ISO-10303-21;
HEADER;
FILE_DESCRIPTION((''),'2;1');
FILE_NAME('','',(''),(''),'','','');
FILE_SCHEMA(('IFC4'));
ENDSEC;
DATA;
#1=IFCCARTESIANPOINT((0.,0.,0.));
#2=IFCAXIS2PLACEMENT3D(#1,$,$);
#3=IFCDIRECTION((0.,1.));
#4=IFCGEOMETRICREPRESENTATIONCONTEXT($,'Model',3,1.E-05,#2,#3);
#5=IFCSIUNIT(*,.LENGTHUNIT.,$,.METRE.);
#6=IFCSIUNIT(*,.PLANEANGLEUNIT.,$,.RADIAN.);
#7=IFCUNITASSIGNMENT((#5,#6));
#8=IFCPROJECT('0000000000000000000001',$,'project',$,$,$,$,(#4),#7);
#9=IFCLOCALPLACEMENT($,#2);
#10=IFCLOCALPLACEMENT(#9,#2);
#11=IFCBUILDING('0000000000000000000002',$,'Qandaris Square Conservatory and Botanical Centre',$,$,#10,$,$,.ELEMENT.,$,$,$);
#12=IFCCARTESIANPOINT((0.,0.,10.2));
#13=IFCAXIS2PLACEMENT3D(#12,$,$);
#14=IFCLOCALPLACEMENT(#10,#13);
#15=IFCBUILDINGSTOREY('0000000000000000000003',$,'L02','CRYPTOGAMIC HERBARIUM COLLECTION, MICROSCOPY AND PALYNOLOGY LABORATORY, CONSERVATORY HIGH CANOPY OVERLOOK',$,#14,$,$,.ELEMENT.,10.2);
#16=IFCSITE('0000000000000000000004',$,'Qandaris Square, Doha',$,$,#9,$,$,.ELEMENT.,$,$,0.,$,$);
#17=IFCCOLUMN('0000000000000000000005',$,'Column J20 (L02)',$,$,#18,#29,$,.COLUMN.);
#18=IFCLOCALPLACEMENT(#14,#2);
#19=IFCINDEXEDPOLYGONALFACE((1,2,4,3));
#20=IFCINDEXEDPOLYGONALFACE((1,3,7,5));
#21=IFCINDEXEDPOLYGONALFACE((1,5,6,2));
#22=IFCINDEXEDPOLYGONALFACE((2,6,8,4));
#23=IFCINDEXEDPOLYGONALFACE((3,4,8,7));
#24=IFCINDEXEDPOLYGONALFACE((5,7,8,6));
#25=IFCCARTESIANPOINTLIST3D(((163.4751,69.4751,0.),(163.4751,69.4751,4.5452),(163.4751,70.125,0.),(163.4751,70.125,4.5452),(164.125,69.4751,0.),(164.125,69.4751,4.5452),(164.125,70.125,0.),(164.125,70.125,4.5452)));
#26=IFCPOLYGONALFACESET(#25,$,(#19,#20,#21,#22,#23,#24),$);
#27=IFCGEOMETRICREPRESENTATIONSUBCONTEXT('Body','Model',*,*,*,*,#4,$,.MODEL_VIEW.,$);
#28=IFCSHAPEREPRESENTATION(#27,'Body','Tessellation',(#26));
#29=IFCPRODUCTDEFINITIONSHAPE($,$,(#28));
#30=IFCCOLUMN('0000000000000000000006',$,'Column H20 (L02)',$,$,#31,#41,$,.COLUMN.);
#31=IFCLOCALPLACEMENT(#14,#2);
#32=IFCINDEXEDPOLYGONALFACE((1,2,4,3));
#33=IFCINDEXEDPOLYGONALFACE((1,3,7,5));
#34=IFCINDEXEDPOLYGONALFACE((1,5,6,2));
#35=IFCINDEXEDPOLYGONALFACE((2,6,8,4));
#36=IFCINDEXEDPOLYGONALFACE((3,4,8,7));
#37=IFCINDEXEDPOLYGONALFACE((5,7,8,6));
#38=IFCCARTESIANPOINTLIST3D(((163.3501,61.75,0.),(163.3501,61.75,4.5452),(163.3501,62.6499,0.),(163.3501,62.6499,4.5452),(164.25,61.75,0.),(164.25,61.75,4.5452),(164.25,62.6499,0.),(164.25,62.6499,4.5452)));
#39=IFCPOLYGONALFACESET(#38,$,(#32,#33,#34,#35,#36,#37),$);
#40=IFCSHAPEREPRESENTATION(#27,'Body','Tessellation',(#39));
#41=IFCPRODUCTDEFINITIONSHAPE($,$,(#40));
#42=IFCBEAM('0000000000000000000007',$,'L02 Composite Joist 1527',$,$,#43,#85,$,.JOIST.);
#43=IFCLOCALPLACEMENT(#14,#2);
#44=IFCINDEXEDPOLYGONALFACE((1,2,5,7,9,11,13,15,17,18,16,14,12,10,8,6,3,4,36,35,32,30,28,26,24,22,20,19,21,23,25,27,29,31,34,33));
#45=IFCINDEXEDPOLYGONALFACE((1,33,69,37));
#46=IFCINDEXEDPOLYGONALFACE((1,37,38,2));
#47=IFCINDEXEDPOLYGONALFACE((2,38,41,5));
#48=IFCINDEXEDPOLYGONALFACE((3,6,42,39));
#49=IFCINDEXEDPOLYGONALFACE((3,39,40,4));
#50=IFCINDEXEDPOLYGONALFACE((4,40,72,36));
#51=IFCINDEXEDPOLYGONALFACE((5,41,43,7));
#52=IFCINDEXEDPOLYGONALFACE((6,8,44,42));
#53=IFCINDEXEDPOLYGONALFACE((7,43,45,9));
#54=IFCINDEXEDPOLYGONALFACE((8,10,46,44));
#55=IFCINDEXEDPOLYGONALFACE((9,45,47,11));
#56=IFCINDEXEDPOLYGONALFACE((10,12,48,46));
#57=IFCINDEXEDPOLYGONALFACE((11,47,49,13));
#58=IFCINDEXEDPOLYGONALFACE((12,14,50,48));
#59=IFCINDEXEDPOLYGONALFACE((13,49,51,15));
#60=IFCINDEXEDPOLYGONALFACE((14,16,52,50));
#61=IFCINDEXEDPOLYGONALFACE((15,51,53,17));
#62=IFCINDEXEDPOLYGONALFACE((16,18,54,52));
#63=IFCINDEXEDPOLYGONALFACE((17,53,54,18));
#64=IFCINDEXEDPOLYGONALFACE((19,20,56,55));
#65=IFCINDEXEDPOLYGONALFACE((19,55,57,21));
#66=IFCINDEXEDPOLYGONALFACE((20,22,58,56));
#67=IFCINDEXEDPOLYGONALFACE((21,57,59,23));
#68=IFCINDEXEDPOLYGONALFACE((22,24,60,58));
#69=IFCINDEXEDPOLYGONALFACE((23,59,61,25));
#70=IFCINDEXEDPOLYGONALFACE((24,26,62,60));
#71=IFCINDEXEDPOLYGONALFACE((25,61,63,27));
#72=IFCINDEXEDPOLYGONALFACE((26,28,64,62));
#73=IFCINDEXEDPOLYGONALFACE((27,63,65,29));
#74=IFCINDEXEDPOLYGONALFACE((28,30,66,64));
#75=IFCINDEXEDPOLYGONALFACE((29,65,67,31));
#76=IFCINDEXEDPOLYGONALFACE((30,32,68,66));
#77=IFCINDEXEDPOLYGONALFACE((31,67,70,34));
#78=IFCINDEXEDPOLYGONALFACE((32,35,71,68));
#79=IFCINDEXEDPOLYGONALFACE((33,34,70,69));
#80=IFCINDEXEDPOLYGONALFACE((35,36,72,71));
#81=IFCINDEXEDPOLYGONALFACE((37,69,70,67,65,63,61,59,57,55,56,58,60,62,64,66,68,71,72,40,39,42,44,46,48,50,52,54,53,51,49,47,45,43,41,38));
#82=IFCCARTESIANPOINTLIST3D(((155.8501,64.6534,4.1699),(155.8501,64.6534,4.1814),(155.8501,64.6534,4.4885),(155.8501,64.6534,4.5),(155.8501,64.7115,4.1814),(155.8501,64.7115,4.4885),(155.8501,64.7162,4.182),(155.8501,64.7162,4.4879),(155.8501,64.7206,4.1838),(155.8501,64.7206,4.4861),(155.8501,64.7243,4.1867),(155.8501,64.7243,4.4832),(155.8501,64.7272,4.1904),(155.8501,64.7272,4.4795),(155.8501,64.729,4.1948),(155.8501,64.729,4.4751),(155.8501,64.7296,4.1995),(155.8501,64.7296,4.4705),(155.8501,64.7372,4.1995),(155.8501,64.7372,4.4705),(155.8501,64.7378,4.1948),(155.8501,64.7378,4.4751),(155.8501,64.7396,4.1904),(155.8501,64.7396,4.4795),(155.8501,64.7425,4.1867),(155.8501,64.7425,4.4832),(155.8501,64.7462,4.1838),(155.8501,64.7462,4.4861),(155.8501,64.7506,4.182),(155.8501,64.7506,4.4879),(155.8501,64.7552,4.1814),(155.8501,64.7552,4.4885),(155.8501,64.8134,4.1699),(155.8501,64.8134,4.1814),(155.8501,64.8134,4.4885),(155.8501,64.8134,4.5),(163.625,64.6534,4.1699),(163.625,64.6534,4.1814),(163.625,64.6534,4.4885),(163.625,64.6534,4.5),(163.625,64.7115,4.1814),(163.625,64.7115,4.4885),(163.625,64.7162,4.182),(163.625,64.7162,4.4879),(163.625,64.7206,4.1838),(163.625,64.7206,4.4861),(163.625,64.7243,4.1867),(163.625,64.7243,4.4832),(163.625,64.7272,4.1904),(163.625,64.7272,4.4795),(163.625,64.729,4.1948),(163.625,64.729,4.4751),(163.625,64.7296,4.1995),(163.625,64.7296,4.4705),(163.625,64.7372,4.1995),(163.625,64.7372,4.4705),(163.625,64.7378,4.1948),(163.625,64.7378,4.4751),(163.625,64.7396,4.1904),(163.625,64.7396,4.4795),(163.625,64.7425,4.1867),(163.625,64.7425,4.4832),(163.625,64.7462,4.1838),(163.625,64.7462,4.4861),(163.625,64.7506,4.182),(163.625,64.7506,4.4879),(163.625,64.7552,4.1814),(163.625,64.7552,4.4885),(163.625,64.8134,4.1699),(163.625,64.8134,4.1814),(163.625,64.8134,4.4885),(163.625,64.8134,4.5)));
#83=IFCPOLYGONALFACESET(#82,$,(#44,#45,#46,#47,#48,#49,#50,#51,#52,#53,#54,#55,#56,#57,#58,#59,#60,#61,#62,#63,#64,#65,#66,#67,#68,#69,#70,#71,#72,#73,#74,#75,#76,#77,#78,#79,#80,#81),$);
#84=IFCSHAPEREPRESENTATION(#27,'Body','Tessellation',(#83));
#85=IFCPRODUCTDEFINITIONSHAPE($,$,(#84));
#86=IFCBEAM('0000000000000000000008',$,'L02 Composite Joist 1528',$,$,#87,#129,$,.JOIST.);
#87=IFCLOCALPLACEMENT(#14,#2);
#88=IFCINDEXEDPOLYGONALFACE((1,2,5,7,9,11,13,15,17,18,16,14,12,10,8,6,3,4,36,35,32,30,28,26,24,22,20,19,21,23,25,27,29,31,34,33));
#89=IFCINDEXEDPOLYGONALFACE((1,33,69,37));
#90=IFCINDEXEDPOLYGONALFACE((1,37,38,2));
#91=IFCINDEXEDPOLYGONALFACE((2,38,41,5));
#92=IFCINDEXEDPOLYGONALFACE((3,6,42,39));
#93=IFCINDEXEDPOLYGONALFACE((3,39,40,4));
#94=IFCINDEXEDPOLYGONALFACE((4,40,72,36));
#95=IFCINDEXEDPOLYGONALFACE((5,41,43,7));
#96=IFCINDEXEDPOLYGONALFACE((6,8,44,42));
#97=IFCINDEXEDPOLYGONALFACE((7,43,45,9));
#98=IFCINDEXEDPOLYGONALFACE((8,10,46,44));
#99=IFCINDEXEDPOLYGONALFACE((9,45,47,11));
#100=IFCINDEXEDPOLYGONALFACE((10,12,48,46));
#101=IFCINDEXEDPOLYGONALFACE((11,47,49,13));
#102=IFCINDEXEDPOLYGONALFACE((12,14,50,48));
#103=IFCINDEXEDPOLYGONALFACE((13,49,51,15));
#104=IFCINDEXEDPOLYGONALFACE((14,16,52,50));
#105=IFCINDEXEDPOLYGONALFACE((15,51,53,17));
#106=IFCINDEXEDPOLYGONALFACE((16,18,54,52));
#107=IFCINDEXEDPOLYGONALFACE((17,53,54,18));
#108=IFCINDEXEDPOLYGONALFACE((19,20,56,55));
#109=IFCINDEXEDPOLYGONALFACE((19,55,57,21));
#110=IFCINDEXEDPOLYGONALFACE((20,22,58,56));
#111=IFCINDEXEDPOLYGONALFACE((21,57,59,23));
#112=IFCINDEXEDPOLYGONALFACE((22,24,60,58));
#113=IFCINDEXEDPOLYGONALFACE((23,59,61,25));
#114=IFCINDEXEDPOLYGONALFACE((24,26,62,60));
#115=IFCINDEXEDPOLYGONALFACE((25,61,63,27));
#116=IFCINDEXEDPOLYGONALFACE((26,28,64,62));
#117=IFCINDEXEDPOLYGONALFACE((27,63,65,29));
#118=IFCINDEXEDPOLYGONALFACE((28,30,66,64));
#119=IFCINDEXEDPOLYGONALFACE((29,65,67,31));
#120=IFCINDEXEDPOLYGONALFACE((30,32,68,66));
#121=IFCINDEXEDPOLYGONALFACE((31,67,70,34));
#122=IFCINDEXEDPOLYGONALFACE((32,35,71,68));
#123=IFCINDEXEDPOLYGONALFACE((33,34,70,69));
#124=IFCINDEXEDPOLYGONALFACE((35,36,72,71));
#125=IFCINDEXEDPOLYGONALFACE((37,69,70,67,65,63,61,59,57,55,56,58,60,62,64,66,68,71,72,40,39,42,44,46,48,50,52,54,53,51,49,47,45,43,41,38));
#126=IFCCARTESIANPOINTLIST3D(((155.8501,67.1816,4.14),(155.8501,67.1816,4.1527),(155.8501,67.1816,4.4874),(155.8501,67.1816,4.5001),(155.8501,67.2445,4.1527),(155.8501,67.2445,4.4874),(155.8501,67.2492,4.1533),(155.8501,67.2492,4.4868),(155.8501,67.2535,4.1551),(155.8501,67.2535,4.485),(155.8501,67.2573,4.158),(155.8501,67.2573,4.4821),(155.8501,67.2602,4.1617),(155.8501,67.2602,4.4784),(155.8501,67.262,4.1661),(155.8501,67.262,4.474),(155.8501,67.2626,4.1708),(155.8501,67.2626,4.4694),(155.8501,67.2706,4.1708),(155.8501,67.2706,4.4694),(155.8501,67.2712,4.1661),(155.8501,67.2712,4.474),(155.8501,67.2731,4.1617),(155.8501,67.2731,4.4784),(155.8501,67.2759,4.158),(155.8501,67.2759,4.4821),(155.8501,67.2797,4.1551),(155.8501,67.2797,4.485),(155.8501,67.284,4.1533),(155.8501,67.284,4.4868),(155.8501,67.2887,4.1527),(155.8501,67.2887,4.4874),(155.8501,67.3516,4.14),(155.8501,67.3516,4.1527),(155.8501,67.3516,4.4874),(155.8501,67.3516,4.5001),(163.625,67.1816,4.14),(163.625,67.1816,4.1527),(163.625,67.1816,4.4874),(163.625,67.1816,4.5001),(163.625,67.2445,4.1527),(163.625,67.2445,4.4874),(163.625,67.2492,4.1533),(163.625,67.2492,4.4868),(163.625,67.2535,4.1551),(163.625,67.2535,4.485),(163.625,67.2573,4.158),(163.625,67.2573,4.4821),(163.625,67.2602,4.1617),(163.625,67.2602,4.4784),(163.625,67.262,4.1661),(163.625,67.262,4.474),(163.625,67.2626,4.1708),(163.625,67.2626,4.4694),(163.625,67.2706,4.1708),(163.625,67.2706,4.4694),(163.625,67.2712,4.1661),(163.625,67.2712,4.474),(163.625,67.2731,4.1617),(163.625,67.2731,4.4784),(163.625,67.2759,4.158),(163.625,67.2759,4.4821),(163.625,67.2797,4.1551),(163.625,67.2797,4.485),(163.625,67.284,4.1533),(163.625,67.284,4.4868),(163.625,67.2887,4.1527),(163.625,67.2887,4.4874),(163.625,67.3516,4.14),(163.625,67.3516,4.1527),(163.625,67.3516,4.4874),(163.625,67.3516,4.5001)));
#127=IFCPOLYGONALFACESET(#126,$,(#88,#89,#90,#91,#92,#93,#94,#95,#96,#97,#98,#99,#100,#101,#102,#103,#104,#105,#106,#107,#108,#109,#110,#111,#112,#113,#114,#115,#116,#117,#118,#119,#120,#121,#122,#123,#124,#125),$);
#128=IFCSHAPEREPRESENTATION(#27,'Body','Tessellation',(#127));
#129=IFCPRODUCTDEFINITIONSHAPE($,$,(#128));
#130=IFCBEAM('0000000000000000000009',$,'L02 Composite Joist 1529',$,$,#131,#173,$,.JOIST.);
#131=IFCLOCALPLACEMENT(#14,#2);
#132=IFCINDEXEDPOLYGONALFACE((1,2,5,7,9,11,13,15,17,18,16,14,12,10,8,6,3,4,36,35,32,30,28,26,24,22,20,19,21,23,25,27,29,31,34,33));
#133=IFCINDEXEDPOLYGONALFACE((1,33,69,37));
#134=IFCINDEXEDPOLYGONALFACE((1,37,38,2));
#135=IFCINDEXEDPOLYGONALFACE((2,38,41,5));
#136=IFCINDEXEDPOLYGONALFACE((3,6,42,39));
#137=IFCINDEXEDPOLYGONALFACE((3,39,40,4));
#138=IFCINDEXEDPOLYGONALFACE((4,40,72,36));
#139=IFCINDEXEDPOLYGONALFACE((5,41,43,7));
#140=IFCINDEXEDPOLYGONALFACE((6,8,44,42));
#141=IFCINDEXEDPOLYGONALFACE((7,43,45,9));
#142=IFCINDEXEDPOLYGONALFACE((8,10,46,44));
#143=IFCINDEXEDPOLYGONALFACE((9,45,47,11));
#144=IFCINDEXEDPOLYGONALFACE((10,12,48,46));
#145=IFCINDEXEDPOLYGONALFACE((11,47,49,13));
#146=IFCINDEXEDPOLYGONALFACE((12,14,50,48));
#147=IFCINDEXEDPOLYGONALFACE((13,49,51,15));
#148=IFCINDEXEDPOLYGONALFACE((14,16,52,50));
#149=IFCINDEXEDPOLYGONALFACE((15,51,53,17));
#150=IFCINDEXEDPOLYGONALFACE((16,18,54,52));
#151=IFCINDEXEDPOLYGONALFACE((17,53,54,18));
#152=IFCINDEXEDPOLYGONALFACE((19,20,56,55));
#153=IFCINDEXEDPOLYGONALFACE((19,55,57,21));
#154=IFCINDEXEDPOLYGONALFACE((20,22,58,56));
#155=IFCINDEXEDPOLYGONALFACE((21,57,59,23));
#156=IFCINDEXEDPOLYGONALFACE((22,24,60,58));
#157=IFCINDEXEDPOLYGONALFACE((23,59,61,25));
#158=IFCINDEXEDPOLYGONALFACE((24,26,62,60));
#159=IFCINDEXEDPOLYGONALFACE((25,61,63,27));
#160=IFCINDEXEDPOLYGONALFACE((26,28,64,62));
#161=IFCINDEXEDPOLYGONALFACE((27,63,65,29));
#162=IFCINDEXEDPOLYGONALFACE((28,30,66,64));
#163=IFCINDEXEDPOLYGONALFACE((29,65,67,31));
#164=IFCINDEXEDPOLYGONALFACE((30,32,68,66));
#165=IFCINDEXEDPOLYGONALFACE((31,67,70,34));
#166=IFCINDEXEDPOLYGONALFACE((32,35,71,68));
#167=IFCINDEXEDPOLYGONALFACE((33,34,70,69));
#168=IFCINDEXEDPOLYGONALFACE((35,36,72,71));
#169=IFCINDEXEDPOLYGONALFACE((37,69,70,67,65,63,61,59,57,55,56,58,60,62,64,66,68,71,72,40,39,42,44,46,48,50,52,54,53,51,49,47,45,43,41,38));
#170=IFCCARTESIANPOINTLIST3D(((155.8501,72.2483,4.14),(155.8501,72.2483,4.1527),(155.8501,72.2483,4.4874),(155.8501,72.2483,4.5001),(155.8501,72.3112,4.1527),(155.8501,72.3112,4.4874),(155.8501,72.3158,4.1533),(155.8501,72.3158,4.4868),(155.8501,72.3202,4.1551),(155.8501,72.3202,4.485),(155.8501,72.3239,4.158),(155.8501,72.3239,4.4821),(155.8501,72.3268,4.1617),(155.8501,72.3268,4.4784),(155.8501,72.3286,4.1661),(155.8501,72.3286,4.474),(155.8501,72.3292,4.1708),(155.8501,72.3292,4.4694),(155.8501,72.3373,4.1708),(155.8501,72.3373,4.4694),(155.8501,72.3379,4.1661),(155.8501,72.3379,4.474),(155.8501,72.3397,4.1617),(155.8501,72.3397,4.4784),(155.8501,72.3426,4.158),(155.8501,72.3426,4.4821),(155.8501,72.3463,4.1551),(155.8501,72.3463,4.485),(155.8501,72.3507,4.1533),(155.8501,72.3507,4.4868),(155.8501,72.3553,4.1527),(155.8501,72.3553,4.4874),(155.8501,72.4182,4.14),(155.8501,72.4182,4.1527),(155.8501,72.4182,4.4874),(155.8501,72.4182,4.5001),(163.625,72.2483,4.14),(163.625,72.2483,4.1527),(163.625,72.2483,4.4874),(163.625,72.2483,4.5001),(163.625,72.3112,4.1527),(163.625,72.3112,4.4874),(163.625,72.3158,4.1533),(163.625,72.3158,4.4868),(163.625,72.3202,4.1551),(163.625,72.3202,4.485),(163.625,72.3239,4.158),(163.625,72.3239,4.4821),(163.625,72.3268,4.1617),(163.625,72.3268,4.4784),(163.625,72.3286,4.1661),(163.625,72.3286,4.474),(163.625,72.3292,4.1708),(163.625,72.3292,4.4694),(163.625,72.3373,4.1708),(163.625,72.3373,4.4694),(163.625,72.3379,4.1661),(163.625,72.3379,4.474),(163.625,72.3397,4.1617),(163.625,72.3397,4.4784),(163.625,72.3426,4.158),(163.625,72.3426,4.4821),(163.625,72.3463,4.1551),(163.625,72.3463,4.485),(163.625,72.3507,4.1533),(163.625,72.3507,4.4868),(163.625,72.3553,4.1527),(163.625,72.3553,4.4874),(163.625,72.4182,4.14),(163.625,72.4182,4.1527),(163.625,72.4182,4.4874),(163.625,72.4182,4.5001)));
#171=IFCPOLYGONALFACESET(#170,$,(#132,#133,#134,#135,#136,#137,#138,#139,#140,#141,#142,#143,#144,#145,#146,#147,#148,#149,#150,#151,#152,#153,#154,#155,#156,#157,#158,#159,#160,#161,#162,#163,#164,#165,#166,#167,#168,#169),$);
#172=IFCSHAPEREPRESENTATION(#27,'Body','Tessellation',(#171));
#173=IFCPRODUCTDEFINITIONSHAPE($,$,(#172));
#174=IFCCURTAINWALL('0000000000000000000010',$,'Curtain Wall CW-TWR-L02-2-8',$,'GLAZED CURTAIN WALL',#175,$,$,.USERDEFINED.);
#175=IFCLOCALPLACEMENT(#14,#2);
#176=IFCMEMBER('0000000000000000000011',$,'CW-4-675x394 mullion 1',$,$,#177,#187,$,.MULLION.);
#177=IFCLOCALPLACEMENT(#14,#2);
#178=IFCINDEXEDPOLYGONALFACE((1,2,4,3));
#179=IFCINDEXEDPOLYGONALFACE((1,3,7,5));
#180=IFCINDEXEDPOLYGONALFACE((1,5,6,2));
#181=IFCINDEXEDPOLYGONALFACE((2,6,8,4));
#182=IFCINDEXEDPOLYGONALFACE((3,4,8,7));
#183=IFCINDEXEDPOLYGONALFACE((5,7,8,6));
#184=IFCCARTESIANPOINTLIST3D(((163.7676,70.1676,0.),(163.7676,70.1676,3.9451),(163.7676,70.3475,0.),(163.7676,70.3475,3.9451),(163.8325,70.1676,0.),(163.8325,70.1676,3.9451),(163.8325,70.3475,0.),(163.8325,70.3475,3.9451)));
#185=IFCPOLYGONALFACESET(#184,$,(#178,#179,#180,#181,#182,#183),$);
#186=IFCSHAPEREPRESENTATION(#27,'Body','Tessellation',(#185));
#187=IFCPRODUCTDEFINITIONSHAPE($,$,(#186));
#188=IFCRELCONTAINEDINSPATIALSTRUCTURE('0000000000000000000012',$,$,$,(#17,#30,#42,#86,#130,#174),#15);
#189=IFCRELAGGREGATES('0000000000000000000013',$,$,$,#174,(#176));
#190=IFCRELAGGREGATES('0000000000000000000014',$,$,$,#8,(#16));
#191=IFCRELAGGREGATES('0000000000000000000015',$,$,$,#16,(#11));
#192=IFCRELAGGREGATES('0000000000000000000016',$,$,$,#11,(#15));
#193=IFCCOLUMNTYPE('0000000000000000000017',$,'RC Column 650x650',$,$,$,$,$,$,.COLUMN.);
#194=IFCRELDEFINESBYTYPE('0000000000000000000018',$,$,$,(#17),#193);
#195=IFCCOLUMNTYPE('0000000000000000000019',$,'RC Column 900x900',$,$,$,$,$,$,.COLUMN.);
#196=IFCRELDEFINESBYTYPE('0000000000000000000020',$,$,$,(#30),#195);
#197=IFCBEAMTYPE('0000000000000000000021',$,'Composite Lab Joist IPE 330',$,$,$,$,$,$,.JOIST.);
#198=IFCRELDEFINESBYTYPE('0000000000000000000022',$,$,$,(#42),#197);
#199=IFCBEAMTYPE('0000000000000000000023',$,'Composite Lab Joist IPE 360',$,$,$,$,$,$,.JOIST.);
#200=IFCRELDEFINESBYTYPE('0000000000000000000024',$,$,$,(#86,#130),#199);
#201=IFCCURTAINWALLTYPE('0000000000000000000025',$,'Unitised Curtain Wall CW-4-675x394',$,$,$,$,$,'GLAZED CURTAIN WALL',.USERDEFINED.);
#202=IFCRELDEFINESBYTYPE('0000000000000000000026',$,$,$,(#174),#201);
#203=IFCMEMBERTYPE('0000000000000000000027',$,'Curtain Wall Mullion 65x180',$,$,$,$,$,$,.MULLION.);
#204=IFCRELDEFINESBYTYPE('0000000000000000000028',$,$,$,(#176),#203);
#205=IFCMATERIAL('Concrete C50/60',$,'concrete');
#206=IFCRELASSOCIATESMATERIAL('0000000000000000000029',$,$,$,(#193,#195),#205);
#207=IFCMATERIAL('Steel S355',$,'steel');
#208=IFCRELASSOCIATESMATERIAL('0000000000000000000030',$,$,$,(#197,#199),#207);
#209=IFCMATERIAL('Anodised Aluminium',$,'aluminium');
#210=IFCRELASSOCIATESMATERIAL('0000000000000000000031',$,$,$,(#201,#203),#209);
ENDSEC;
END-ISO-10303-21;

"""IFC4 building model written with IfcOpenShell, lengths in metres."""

from ifc_helpers import new_model, si_unit, direction, frame, origin, origin_2d, place, context, subcontext, project, spatial, rectangle, i_section, extrude, material, material_profile, profile_set, type_object, element, aggregate, save


model = new_model("IFC4")

# Units and contexts
model_context = context("Model", 3, precision=1e-05, world=origin(), true_north=direction((0.0, 1.0)))
body_context = subcontext(model_context, "Body", "Model", "MODEL_VIEW")
ifc_project = project(units=[si_unit("LENGTHUNIT", "METRE"), si_unit("PLANEANGLEUNIT", "RADIAN")], contexts=[model_context])

# Site, building, storey
site_placement = place(None, origin())
site = spatial("IfcSite", under=ifc_project, at=site_placement, Name="Qandaris Square, Doha", CompositionType="ELEMENT", RefElevation=0.0)
building_placement = place(site_placement, origin())
building = spatial("IfcBuilding", under=site, at=building_placement, Name="Qandaris Square Conservatory and Botanical Centre", CompositionType="ELEMENT")
storey_placement = place(building_placement, frame((0.0, 0.0, 10.2)))
storey = spatial("IfcBuildingStorey", under=building, at=storey_placement, Name="L02", Description="CRYPTOGAMIC HERBARIUM COLLECTION, MICROSCOPY AND PALYNOLOGY LABORATORY, CONSERVATORY HIGH CANOPY OVERLOOK", CompositionType="ELEMENT", Elevation=10.2)

# Columns
ifc_material_1 = material(Name="Concrete C50/60", Category="concrete")
ifc_material_profile_1 = material_profile(ifc_material_1, rectangle(XDim=0.6499, YDim=0.6499, at=origin_2d()), Name="RC-COL 650x650")
ifc_profile_set_1 = profile_set([ifc_material_profile_1], Name="Concrete C50/60")
column_type_1 = type_object("IfcColumnType", Name="RC Column 650x650", PredefinedType="COLUMN", material=ifc_profile_set_1)
column_1_placement = place(storey_placement, frame((163.8, 69.8, 0.0), z_axis=(0.0, 0.0, 1.0), x_axis=(1.0, 0.0, 0.0)))
element("IfcColumn", 1, at=column_1_placement, inside=storey, type_object=column_type_1, Name="Column J20 (L02)", PredefinedType="COLUMN", context=body_context, shape_type="SweptSolid", body=[
    extrude(rectangle(XDim=0.6499, YDim=0.6499, at=origin_2d()), origin(), (0.0, 0.0, 1.0), 4.5452),
])
ifc_material_profile_2 = material_profile(ifc_material_1, rectangle(XDim=0.8999, YDim=0.8999, at=origin_2d()), Name="RC-COL 900x900")
ifc_profile_set_2 = profile_set([ifc_material_profile_2], Name="Concrete C50/60")
column_type_2 = type_object("IfcColumnType", Name="RC Column 900x900", PredefinedType="COLUMN", material=ifc_profile_set_2)
column_2_placement = place(storey_placement, frame((163.8, 62.2, 0.0), z_axis=(0.0, 0.0, 1.0), x_axis=(1.0, 0.0, 0.0)))
element("IfcColumn", 2, at=column_2_placement, inside=storey, type_object=column_type_2, Name="Column H20 (L02)", PredefinedType="COLUMN", context=body_context, shape_type="SweptSolid", body=[
    extrude(rectangle(XDim=0.8999, YDim=0.8999, at=origin_2d()), origin(), (0.0, 0.0, 1.0), 4.5452),
])

# Beams
ifc_material_2 = material(Name="Steel S355", Category="steel")
ifc_material_profile_3 = material_profile(ifc_material_2, i_section(OverallWidth=0.1599, OverallDepth=0.3301, WebThickness=0.0076, FlangeThickness=0.0115, FilletRadius=0.0181, at=origin_2d()), Name="IPE 330")
ifc_profile_set_3 = profile_set([ifc_material_profile_3], Name="Steel S355")
beam_type_1 = type_object("IfcBeamType", Name="Composite Lab Joist IPE 330", PredefinedType="JOIST", material=ifc_profile_set_3)
beam_1_placement = place(storey_placement, frame((155.8501, 64.7334, 4.335), z_axis=(1.0, 0.0, 0.0), x_axis=(0.0, 1.0, 0.0)))
element("IfcBeam", 3, at=beam_1_placement, inside=storey, type_object=beam_type_1, Name="L02 Composite Joist 1527", PredefinedType="JOIST", context=body_context, shape_type="SweptSolid", body=[
    extrude(i_section(OverallWidth=0.1599, OverallDepth=0.3301, WebThickness=0.0076, FlangeThickness=0.0115, FilletRadius=0.0181, at=origin_2d()), origin(), (0.0, 0.0, 1.0), 7.7749),
])
ifc_material_profile_4 = material_profile(ifc_material_2, i_section(OverallWidth=0.1699, OverallDepth=0.3601, WebThickness=0.0081, FlangeThickness=0.0127, FilletRadius=0.0181, at=origin_2d()), Name="IPE 360")
ifc_profile_set_4 = profile_set([ifc_material_profile_4], Name="Steel S355")
beam_type_2 = type_object("IfcBeamType", Name="Composite Lab Joist IPE 360", PredefinedType="JOIST", material=ifc_profile_set_4)
for number, where, z_axis, x_axis, name in (
    (4, (155.8501, 67.2666, 4.3201), (1.0, 0.0, 0.0), (0.0, 1.0, 0.0), "L02 Composite Joist 1528"),
    (5, (155.8501, 72.3333, 4.3201), (1.0, 0.0, 0.0), (0.0, 1.0, 0.0), "L02 Composite Joist 1529"),
):
    element("IfcBeam", number, at=place(storey_placement, frame(where, z_axis=z_axis, x_axis=x_axis)), inside=storey, type_object=beam_type_2, Name=name, PredefinedType="JOIST", context=body_context, shape_type="SweptSolid", body=[
        extrude(i_section(OverallWidth=0.1699, OverallDepth=0.3601, WebThickness=0.0081, FlangeThickness=0.0127, FilletRadius=0.0181, at=origin_2d()), origin(), (0.0, 0.0, 1.0), 7.7749),
    ])

# Curtain wall, member
ifc_material_3 = material(Name="Anodised Aluminium", Category="aluminium")
curtain_wall_type = type_object("IfcCurtainWallType", Name="Unitised Curtain Wall CW-4-675x394", ElementType="GLAZED CURTAIN WALL", PredefinedType="USERDEFINED", material=ifc_material_3)
curtain_wall_placement = place(storey_placement, origin())
curtain_wall = element("IfcCurtainWall", 6, at=curtain_wall_placement, inside=storey, type_object=curtain_wall_type, Name="Curtain Wall CW-TWR-L02-2-8", ObjectType="GLAZED CURTAIN WALL", PredefinedType="USERDEFINED")
ifc_material_profile_5 = material_profile(ifc_material_3, rectangle(XDim=0.0649, YDim=0.1799, at=origin_2d()), Name="ALU-MUL 65x180")
ifc_profile_set_5 = profile_set([ifc_material_profile_5], Name="Anodised Aluminium")
member_type_1 = type_object("IfcMemberType", Name="Curtain Wall Mullion 65x180", PredefinedType="MULLION", material=ifc_profile_set_5)
member_1_placement = place(storey_placement, frame((163.8, 70.2576, 0.0), z_axis=(0.0, 0.0, 1.0), x_axis=(-1.0, 0.0, 0.0)))
member_1 = element("IfcMember", 7, at=member_1_placement, type_object=member_type_1, Name="CW-4-675x394 mullion 1", PredefinedType="MULLION", context=body_context, shape_type="SweptSolid", body=[
    extrude(rectangle(XDim=0.0649, YDim=0.1799, at=origin_2d()), origin(), (0.0, 0.0, 1.0), 3.9451),
])

aggregate(curtain_wall, [member_1])

save(model, "model.ifc")
